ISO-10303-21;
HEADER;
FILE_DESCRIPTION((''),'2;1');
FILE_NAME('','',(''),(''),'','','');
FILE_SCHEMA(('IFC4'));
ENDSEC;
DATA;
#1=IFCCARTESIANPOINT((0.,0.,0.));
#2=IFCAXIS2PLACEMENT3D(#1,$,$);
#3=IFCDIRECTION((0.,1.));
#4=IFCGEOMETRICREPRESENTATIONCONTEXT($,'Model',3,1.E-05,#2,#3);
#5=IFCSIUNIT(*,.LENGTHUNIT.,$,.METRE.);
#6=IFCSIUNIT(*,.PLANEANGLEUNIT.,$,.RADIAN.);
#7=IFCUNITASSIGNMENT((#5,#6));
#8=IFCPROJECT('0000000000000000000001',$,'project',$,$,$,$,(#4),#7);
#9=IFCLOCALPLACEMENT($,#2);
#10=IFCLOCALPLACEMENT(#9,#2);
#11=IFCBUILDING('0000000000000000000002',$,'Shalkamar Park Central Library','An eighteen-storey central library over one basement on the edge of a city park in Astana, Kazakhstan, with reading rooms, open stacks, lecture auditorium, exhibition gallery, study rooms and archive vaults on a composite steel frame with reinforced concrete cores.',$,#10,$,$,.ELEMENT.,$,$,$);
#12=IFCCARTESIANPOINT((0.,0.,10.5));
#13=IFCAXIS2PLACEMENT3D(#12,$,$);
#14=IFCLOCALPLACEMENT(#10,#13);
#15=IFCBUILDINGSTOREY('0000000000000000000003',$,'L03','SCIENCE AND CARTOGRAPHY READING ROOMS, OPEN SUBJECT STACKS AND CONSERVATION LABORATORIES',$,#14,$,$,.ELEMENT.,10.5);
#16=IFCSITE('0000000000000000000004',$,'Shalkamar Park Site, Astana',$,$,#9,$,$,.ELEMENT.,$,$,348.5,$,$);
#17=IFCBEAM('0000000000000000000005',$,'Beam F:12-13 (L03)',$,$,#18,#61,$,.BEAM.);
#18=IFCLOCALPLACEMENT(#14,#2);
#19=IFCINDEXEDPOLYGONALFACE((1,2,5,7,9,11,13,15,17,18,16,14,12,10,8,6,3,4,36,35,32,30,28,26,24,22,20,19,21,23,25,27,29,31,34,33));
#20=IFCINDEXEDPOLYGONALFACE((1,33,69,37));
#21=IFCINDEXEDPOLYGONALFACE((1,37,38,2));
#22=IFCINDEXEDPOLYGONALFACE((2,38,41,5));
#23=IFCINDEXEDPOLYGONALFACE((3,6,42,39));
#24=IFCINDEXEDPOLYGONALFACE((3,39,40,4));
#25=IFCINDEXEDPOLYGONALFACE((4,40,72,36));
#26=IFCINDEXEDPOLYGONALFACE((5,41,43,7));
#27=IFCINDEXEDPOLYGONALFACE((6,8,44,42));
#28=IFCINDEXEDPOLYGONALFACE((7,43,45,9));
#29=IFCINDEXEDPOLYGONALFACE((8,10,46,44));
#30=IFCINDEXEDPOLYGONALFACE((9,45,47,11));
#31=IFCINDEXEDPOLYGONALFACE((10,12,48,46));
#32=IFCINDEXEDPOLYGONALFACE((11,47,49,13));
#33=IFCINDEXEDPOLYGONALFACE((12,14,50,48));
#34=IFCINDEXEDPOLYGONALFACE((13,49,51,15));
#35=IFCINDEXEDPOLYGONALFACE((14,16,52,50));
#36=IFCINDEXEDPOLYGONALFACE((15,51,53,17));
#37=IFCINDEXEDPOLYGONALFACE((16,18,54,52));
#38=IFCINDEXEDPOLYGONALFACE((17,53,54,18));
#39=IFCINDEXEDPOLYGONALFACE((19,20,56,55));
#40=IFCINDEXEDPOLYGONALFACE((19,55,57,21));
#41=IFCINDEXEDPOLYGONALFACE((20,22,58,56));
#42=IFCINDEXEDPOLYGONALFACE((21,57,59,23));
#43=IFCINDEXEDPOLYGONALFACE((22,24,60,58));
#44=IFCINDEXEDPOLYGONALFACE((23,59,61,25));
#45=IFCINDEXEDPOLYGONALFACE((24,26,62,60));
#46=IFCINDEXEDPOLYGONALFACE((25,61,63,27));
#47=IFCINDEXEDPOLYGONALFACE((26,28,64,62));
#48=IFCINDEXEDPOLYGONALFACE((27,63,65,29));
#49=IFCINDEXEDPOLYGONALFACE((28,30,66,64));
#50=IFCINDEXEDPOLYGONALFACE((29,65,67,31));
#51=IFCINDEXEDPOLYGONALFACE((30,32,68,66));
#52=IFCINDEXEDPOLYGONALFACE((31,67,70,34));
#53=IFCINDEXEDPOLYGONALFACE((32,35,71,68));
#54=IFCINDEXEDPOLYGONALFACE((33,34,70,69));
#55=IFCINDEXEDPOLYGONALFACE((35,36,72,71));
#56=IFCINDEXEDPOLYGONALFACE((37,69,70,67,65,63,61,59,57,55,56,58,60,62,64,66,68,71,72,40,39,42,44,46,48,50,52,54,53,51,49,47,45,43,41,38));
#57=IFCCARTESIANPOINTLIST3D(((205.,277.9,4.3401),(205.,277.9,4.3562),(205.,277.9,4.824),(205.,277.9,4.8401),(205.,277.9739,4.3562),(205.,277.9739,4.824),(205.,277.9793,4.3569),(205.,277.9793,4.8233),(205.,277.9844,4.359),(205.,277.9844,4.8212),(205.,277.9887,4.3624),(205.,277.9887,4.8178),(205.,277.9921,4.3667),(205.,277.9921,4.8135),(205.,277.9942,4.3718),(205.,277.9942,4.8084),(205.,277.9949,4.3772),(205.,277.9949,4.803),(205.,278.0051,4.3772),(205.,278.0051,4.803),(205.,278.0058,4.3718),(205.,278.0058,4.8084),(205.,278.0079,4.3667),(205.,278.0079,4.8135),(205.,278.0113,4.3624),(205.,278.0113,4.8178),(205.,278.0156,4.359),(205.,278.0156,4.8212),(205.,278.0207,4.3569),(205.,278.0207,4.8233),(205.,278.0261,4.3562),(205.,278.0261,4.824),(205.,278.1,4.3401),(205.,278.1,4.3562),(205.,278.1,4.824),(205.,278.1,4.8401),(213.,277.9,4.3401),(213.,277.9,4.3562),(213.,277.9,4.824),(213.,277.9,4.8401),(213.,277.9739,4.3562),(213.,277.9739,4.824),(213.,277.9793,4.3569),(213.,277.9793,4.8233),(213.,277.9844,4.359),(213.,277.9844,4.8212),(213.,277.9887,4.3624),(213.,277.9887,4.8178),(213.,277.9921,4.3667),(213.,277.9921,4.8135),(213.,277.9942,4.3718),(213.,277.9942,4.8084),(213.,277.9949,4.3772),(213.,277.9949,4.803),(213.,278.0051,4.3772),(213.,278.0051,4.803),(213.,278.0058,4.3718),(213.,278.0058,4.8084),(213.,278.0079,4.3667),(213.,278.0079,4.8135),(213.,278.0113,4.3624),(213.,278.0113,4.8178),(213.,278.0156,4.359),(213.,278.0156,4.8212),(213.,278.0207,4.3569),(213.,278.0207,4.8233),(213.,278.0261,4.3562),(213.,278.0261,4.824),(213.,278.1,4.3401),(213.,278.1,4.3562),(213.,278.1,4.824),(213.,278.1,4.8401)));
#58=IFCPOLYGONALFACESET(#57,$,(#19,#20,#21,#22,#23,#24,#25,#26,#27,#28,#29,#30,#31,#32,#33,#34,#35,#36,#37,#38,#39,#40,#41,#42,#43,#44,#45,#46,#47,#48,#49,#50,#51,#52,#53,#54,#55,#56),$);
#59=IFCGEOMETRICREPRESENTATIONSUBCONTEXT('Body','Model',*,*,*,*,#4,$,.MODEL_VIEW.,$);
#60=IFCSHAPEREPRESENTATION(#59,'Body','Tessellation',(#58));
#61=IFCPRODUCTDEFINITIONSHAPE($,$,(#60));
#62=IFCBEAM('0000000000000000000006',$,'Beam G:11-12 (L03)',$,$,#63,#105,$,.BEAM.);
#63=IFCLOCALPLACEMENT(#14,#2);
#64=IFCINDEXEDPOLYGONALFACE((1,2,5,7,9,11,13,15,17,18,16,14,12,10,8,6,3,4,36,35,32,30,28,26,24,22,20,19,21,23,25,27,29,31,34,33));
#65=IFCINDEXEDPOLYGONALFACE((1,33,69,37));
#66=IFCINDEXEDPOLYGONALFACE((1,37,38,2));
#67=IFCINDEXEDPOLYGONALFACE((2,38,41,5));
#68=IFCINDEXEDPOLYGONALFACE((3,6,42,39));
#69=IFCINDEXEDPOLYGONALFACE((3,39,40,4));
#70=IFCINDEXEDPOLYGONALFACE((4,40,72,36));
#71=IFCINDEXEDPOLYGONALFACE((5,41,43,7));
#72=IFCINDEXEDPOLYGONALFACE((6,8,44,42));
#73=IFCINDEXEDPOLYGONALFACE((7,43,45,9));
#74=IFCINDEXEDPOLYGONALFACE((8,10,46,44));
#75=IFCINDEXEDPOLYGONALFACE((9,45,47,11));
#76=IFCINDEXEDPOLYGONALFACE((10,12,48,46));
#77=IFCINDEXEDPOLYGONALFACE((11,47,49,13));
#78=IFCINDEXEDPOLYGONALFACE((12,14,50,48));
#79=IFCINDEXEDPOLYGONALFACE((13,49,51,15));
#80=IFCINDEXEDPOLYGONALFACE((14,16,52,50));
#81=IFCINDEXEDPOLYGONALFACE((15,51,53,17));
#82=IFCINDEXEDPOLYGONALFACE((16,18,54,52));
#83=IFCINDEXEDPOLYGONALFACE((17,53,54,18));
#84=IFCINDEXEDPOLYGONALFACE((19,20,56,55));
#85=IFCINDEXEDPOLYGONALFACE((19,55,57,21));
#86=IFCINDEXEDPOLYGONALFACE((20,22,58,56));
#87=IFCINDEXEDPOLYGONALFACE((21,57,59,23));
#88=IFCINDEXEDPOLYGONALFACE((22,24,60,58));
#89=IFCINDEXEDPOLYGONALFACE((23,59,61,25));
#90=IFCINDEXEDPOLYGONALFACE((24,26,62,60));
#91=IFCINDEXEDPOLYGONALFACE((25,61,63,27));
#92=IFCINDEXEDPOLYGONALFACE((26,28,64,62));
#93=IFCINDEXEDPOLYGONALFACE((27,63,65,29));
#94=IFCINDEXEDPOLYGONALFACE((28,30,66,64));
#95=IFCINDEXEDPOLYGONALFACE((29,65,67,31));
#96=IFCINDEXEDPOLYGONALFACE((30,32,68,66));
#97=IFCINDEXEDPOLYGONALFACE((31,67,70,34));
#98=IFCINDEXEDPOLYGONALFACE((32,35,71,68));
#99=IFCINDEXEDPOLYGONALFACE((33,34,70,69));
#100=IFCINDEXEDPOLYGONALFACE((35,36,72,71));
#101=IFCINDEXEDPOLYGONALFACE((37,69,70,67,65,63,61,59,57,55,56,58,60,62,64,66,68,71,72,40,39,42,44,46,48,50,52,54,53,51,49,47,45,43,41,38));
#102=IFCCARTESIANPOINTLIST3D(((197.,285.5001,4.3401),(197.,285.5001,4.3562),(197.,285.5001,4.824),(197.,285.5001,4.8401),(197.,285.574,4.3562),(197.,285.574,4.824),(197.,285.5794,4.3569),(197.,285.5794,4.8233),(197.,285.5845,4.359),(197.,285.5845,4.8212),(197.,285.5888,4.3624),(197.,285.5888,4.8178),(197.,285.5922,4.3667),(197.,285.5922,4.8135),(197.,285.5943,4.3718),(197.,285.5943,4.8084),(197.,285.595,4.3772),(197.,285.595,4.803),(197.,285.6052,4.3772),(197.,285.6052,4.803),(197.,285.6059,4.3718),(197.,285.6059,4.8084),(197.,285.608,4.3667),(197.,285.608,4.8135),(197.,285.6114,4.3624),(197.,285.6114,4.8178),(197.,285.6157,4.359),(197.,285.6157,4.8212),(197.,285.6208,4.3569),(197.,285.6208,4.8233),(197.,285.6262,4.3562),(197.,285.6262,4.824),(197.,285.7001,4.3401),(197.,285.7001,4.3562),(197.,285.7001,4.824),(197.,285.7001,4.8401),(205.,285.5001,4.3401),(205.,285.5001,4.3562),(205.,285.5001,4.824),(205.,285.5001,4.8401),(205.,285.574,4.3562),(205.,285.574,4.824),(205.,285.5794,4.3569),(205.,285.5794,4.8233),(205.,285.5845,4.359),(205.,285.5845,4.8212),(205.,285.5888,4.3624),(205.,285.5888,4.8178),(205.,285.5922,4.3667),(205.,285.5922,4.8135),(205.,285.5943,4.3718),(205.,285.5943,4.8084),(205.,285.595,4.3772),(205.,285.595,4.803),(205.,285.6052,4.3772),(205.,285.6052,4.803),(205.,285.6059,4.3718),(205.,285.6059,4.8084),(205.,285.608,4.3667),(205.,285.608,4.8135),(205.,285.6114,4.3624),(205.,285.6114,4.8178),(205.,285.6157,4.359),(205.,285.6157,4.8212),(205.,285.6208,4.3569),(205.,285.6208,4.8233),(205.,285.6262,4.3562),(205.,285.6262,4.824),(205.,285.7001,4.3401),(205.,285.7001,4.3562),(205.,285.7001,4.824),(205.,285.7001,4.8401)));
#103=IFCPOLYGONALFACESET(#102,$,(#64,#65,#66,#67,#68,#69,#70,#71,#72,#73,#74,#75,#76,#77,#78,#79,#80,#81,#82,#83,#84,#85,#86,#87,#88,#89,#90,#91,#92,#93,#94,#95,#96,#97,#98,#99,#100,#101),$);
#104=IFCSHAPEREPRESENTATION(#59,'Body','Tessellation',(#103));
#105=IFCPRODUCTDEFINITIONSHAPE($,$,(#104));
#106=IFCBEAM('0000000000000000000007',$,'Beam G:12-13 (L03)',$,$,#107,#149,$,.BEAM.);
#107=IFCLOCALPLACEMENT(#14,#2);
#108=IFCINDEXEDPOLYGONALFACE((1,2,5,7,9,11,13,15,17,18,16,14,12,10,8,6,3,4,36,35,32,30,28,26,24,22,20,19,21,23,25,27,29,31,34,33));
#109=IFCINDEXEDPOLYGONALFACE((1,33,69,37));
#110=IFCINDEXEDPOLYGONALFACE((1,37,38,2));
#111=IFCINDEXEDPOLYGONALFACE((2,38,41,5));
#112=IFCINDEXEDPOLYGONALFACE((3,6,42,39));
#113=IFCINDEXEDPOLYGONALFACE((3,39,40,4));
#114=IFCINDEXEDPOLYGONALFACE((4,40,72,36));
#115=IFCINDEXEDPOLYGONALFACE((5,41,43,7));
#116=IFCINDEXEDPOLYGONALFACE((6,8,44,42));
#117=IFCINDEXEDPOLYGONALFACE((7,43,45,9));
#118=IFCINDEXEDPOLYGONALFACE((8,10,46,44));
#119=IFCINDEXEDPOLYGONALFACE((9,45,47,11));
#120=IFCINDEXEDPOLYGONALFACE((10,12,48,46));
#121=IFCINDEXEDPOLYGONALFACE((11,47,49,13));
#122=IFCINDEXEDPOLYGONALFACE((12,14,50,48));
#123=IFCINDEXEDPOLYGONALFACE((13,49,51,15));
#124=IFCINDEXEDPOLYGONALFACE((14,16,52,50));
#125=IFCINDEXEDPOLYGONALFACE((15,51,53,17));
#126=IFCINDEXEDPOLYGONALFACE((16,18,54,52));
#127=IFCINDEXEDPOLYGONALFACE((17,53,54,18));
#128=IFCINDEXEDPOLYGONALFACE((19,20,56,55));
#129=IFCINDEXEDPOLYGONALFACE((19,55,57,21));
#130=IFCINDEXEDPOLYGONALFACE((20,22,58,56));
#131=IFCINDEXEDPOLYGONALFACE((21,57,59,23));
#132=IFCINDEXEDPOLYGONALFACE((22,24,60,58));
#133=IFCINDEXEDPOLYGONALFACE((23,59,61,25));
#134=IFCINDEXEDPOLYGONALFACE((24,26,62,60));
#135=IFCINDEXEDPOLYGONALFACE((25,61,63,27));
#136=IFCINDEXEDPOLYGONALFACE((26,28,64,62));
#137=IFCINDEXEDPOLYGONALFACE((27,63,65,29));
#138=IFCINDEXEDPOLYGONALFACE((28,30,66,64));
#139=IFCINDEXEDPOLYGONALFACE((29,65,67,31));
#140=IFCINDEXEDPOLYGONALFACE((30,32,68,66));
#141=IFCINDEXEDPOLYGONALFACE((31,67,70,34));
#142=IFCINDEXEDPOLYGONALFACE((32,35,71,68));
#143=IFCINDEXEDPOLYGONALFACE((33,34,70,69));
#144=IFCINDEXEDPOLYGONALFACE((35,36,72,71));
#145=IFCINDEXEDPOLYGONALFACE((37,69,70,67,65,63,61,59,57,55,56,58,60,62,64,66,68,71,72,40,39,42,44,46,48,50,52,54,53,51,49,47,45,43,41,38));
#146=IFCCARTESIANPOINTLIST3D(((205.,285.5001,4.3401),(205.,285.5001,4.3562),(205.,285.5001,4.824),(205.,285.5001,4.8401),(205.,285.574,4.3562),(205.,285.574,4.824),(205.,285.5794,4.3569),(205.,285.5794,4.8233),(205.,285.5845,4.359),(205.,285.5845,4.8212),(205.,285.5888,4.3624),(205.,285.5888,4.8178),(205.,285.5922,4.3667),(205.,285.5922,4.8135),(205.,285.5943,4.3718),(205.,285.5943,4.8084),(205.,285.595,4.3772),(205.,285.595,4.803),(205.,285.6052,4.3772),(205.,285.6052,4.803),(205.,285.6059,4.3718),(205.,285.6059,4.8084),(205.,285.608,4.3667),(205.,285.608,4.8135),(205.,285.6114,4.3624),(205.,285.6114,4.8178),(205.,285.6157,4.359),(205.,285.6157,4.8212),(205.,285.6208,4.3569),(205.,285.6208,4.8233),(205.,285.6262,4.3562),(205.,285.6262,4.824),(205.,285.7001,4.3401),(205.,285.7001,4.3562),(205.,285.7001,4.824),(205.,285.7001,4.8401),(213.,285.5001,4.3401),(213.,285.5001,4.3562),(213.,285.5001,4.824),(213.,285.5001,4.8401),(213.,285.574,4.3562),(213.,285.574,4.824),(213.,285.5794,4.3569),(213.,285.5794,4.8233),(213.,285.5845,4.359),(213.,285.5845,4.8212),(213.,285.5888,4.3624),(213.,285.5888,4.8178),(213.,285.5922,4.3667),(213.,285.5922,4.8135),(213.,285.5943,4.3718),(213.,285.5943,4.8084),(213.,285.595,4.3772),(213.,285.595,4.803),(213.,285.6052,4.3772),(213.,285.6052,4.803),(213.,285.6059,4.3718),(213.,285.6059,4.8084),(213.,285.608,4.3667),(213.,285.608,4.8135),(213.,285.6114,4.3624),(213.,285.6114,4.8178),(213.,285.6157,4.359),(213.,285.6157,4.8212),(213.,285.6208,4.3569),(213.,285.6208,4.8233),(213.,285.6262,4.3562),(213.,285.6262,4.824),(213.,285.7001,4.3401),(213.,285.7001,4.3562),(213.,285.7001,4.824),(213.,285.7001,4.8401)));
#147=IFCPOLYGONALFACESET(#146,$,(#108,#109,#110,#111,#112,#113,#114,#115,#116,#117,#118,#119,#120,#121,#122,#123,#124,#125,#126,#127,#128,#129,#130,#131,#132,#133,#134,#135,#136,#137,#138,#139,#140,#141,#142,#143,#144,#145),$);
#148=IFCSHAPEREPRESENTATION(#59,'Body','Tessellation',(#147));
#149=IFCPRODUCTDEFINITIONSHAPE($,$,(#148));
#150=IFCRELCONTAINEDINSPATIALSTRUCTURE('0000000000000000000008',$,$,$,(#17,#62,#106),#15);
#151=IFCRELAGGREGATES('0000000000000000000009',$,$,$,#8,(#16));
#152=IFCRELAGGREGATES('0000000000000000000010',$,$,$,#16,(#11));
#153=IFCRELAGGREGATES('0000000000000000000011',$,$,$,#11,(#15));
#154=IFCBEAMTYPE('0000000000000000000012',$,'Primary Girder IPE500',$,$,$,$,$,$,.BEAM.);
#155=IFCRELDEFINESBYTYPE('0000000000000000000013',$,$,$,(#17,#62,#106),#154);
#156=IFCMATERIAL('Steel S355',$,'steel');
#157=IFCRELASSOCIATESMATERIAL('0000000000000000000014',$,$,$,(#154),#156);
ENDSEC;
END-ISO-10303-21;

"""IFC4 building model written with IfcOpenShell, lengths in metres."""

from ifc_helpers import new_model, si_unit, direction, frame, origin, origin_2d, place, context, subcontext, project, spatial, i_section, extrude, material, material_profile, profile_set, type_object, element, save


model = new_model("IFC4")

# Units and contexts
model_context = context("Model", 3, precision=1e-05, world=origin(), true_north=direction((0.0, 1.0)))
body_context = subcontext(model_context, "Body", "Model", "MODEL_VIEW")
ifc_project = project(units=[si_unit("LENGTHUNIT", "METRE"), si_unit("PLANEANGLEUNIT", "RADIAN")], contexts=[model_context])

# Site, building, storey
site_placement = place(None, origin())
site = spatial("IfcSite", under=ifc_project, at=site_placement, Name="Shalkamar Park Site, Astana", CompositionType="ELEMENT", RefElevation=348.5)
building_placement = place(site_placement, origin())
building = spatial("IfcBuilding", under=site, at=building_placement, Name="Shalkamar Park Central Library", Description="An eighteen-storey central library over one basement on the edge of a city park in Astana, Kazakhstan, with reading rooms, open stacks, lecture auditorium, exhibition gallery, study rooms and archive vaults on a composite steel frame with reinforced concrete cores.", CompositionType="ELEMENT")
storey_placement = place(building_placement, frame((0.0, 0.0, 10.5)))
storey = spatial("IfcBuildingStorey", under=building, at=storey_placement, Name="L03", Description="SCIENCE AND CARTOGRAPHY READING ROOMS, OPEN SUBJECT STACKS AND CONSERVATION LABORATORIES", CompositionType="ELEMENT", Elevation=10.5)

# Shared definitions
ifc_material = material(Name="Steel S355", Category="steel")

# Beams
ifc_material_profile_1 = material_profile(ifc_material, i_section(OverallWidth=0.2, OverallDepth=0.5, WebThickness=0.0103, FlangeThickness=0.0161, FilletRadius=0.021, at=origin_2d()), Name="IPE 500")
ifc_profile_set_1 = profile_set([ifc_material_profile_1], Name="Steel S355")
beam_type_1 = type_object("IfcBeamType", Name="Primary Girder IPE500", PredefinedType="BEAM", material=ifc_profile_set_1)
for number, where, z_axis, x_axis, name in (
    (1, (205.0, 278.0, 4.5901), (1.0, 0.0, 0.0), (0.0, 1.0, 0.0), "Beam F:12-13 (L03)"),
    (2, (197.0, 285.6001, 4.5901), (1.0, 0.0, 0.0), (0.0, 1.0, 0.0), "Beam G:11-12 (L03)"),
    (3, (205.0, 285.6001, 4.5901), (1.0, 0.0, 0.0), (0.0, 1.0, 0.0), "Beam G:12-13 (L03)"),
):
    element("IfcBeam", number, at=place(storey_placement, frame(where, z_axis=z_axis, x_axis=x_axis)), inside=storey, type_object=beam_type_1, Name=name, PredefinedType="BEAM", context=body_context, shape_type="SweptSolid", body=[
        extrude(i_section(OverallWidth=0.2, OverallDepth=0.5, WebThickness=0.0103, FlangeThickness=0.0161, FilletRadius=0.021, at=origin_2d()), origin(), (0.0, 0.0, 1.0), 8.0),
    ])

save(model, "model.ifc")
